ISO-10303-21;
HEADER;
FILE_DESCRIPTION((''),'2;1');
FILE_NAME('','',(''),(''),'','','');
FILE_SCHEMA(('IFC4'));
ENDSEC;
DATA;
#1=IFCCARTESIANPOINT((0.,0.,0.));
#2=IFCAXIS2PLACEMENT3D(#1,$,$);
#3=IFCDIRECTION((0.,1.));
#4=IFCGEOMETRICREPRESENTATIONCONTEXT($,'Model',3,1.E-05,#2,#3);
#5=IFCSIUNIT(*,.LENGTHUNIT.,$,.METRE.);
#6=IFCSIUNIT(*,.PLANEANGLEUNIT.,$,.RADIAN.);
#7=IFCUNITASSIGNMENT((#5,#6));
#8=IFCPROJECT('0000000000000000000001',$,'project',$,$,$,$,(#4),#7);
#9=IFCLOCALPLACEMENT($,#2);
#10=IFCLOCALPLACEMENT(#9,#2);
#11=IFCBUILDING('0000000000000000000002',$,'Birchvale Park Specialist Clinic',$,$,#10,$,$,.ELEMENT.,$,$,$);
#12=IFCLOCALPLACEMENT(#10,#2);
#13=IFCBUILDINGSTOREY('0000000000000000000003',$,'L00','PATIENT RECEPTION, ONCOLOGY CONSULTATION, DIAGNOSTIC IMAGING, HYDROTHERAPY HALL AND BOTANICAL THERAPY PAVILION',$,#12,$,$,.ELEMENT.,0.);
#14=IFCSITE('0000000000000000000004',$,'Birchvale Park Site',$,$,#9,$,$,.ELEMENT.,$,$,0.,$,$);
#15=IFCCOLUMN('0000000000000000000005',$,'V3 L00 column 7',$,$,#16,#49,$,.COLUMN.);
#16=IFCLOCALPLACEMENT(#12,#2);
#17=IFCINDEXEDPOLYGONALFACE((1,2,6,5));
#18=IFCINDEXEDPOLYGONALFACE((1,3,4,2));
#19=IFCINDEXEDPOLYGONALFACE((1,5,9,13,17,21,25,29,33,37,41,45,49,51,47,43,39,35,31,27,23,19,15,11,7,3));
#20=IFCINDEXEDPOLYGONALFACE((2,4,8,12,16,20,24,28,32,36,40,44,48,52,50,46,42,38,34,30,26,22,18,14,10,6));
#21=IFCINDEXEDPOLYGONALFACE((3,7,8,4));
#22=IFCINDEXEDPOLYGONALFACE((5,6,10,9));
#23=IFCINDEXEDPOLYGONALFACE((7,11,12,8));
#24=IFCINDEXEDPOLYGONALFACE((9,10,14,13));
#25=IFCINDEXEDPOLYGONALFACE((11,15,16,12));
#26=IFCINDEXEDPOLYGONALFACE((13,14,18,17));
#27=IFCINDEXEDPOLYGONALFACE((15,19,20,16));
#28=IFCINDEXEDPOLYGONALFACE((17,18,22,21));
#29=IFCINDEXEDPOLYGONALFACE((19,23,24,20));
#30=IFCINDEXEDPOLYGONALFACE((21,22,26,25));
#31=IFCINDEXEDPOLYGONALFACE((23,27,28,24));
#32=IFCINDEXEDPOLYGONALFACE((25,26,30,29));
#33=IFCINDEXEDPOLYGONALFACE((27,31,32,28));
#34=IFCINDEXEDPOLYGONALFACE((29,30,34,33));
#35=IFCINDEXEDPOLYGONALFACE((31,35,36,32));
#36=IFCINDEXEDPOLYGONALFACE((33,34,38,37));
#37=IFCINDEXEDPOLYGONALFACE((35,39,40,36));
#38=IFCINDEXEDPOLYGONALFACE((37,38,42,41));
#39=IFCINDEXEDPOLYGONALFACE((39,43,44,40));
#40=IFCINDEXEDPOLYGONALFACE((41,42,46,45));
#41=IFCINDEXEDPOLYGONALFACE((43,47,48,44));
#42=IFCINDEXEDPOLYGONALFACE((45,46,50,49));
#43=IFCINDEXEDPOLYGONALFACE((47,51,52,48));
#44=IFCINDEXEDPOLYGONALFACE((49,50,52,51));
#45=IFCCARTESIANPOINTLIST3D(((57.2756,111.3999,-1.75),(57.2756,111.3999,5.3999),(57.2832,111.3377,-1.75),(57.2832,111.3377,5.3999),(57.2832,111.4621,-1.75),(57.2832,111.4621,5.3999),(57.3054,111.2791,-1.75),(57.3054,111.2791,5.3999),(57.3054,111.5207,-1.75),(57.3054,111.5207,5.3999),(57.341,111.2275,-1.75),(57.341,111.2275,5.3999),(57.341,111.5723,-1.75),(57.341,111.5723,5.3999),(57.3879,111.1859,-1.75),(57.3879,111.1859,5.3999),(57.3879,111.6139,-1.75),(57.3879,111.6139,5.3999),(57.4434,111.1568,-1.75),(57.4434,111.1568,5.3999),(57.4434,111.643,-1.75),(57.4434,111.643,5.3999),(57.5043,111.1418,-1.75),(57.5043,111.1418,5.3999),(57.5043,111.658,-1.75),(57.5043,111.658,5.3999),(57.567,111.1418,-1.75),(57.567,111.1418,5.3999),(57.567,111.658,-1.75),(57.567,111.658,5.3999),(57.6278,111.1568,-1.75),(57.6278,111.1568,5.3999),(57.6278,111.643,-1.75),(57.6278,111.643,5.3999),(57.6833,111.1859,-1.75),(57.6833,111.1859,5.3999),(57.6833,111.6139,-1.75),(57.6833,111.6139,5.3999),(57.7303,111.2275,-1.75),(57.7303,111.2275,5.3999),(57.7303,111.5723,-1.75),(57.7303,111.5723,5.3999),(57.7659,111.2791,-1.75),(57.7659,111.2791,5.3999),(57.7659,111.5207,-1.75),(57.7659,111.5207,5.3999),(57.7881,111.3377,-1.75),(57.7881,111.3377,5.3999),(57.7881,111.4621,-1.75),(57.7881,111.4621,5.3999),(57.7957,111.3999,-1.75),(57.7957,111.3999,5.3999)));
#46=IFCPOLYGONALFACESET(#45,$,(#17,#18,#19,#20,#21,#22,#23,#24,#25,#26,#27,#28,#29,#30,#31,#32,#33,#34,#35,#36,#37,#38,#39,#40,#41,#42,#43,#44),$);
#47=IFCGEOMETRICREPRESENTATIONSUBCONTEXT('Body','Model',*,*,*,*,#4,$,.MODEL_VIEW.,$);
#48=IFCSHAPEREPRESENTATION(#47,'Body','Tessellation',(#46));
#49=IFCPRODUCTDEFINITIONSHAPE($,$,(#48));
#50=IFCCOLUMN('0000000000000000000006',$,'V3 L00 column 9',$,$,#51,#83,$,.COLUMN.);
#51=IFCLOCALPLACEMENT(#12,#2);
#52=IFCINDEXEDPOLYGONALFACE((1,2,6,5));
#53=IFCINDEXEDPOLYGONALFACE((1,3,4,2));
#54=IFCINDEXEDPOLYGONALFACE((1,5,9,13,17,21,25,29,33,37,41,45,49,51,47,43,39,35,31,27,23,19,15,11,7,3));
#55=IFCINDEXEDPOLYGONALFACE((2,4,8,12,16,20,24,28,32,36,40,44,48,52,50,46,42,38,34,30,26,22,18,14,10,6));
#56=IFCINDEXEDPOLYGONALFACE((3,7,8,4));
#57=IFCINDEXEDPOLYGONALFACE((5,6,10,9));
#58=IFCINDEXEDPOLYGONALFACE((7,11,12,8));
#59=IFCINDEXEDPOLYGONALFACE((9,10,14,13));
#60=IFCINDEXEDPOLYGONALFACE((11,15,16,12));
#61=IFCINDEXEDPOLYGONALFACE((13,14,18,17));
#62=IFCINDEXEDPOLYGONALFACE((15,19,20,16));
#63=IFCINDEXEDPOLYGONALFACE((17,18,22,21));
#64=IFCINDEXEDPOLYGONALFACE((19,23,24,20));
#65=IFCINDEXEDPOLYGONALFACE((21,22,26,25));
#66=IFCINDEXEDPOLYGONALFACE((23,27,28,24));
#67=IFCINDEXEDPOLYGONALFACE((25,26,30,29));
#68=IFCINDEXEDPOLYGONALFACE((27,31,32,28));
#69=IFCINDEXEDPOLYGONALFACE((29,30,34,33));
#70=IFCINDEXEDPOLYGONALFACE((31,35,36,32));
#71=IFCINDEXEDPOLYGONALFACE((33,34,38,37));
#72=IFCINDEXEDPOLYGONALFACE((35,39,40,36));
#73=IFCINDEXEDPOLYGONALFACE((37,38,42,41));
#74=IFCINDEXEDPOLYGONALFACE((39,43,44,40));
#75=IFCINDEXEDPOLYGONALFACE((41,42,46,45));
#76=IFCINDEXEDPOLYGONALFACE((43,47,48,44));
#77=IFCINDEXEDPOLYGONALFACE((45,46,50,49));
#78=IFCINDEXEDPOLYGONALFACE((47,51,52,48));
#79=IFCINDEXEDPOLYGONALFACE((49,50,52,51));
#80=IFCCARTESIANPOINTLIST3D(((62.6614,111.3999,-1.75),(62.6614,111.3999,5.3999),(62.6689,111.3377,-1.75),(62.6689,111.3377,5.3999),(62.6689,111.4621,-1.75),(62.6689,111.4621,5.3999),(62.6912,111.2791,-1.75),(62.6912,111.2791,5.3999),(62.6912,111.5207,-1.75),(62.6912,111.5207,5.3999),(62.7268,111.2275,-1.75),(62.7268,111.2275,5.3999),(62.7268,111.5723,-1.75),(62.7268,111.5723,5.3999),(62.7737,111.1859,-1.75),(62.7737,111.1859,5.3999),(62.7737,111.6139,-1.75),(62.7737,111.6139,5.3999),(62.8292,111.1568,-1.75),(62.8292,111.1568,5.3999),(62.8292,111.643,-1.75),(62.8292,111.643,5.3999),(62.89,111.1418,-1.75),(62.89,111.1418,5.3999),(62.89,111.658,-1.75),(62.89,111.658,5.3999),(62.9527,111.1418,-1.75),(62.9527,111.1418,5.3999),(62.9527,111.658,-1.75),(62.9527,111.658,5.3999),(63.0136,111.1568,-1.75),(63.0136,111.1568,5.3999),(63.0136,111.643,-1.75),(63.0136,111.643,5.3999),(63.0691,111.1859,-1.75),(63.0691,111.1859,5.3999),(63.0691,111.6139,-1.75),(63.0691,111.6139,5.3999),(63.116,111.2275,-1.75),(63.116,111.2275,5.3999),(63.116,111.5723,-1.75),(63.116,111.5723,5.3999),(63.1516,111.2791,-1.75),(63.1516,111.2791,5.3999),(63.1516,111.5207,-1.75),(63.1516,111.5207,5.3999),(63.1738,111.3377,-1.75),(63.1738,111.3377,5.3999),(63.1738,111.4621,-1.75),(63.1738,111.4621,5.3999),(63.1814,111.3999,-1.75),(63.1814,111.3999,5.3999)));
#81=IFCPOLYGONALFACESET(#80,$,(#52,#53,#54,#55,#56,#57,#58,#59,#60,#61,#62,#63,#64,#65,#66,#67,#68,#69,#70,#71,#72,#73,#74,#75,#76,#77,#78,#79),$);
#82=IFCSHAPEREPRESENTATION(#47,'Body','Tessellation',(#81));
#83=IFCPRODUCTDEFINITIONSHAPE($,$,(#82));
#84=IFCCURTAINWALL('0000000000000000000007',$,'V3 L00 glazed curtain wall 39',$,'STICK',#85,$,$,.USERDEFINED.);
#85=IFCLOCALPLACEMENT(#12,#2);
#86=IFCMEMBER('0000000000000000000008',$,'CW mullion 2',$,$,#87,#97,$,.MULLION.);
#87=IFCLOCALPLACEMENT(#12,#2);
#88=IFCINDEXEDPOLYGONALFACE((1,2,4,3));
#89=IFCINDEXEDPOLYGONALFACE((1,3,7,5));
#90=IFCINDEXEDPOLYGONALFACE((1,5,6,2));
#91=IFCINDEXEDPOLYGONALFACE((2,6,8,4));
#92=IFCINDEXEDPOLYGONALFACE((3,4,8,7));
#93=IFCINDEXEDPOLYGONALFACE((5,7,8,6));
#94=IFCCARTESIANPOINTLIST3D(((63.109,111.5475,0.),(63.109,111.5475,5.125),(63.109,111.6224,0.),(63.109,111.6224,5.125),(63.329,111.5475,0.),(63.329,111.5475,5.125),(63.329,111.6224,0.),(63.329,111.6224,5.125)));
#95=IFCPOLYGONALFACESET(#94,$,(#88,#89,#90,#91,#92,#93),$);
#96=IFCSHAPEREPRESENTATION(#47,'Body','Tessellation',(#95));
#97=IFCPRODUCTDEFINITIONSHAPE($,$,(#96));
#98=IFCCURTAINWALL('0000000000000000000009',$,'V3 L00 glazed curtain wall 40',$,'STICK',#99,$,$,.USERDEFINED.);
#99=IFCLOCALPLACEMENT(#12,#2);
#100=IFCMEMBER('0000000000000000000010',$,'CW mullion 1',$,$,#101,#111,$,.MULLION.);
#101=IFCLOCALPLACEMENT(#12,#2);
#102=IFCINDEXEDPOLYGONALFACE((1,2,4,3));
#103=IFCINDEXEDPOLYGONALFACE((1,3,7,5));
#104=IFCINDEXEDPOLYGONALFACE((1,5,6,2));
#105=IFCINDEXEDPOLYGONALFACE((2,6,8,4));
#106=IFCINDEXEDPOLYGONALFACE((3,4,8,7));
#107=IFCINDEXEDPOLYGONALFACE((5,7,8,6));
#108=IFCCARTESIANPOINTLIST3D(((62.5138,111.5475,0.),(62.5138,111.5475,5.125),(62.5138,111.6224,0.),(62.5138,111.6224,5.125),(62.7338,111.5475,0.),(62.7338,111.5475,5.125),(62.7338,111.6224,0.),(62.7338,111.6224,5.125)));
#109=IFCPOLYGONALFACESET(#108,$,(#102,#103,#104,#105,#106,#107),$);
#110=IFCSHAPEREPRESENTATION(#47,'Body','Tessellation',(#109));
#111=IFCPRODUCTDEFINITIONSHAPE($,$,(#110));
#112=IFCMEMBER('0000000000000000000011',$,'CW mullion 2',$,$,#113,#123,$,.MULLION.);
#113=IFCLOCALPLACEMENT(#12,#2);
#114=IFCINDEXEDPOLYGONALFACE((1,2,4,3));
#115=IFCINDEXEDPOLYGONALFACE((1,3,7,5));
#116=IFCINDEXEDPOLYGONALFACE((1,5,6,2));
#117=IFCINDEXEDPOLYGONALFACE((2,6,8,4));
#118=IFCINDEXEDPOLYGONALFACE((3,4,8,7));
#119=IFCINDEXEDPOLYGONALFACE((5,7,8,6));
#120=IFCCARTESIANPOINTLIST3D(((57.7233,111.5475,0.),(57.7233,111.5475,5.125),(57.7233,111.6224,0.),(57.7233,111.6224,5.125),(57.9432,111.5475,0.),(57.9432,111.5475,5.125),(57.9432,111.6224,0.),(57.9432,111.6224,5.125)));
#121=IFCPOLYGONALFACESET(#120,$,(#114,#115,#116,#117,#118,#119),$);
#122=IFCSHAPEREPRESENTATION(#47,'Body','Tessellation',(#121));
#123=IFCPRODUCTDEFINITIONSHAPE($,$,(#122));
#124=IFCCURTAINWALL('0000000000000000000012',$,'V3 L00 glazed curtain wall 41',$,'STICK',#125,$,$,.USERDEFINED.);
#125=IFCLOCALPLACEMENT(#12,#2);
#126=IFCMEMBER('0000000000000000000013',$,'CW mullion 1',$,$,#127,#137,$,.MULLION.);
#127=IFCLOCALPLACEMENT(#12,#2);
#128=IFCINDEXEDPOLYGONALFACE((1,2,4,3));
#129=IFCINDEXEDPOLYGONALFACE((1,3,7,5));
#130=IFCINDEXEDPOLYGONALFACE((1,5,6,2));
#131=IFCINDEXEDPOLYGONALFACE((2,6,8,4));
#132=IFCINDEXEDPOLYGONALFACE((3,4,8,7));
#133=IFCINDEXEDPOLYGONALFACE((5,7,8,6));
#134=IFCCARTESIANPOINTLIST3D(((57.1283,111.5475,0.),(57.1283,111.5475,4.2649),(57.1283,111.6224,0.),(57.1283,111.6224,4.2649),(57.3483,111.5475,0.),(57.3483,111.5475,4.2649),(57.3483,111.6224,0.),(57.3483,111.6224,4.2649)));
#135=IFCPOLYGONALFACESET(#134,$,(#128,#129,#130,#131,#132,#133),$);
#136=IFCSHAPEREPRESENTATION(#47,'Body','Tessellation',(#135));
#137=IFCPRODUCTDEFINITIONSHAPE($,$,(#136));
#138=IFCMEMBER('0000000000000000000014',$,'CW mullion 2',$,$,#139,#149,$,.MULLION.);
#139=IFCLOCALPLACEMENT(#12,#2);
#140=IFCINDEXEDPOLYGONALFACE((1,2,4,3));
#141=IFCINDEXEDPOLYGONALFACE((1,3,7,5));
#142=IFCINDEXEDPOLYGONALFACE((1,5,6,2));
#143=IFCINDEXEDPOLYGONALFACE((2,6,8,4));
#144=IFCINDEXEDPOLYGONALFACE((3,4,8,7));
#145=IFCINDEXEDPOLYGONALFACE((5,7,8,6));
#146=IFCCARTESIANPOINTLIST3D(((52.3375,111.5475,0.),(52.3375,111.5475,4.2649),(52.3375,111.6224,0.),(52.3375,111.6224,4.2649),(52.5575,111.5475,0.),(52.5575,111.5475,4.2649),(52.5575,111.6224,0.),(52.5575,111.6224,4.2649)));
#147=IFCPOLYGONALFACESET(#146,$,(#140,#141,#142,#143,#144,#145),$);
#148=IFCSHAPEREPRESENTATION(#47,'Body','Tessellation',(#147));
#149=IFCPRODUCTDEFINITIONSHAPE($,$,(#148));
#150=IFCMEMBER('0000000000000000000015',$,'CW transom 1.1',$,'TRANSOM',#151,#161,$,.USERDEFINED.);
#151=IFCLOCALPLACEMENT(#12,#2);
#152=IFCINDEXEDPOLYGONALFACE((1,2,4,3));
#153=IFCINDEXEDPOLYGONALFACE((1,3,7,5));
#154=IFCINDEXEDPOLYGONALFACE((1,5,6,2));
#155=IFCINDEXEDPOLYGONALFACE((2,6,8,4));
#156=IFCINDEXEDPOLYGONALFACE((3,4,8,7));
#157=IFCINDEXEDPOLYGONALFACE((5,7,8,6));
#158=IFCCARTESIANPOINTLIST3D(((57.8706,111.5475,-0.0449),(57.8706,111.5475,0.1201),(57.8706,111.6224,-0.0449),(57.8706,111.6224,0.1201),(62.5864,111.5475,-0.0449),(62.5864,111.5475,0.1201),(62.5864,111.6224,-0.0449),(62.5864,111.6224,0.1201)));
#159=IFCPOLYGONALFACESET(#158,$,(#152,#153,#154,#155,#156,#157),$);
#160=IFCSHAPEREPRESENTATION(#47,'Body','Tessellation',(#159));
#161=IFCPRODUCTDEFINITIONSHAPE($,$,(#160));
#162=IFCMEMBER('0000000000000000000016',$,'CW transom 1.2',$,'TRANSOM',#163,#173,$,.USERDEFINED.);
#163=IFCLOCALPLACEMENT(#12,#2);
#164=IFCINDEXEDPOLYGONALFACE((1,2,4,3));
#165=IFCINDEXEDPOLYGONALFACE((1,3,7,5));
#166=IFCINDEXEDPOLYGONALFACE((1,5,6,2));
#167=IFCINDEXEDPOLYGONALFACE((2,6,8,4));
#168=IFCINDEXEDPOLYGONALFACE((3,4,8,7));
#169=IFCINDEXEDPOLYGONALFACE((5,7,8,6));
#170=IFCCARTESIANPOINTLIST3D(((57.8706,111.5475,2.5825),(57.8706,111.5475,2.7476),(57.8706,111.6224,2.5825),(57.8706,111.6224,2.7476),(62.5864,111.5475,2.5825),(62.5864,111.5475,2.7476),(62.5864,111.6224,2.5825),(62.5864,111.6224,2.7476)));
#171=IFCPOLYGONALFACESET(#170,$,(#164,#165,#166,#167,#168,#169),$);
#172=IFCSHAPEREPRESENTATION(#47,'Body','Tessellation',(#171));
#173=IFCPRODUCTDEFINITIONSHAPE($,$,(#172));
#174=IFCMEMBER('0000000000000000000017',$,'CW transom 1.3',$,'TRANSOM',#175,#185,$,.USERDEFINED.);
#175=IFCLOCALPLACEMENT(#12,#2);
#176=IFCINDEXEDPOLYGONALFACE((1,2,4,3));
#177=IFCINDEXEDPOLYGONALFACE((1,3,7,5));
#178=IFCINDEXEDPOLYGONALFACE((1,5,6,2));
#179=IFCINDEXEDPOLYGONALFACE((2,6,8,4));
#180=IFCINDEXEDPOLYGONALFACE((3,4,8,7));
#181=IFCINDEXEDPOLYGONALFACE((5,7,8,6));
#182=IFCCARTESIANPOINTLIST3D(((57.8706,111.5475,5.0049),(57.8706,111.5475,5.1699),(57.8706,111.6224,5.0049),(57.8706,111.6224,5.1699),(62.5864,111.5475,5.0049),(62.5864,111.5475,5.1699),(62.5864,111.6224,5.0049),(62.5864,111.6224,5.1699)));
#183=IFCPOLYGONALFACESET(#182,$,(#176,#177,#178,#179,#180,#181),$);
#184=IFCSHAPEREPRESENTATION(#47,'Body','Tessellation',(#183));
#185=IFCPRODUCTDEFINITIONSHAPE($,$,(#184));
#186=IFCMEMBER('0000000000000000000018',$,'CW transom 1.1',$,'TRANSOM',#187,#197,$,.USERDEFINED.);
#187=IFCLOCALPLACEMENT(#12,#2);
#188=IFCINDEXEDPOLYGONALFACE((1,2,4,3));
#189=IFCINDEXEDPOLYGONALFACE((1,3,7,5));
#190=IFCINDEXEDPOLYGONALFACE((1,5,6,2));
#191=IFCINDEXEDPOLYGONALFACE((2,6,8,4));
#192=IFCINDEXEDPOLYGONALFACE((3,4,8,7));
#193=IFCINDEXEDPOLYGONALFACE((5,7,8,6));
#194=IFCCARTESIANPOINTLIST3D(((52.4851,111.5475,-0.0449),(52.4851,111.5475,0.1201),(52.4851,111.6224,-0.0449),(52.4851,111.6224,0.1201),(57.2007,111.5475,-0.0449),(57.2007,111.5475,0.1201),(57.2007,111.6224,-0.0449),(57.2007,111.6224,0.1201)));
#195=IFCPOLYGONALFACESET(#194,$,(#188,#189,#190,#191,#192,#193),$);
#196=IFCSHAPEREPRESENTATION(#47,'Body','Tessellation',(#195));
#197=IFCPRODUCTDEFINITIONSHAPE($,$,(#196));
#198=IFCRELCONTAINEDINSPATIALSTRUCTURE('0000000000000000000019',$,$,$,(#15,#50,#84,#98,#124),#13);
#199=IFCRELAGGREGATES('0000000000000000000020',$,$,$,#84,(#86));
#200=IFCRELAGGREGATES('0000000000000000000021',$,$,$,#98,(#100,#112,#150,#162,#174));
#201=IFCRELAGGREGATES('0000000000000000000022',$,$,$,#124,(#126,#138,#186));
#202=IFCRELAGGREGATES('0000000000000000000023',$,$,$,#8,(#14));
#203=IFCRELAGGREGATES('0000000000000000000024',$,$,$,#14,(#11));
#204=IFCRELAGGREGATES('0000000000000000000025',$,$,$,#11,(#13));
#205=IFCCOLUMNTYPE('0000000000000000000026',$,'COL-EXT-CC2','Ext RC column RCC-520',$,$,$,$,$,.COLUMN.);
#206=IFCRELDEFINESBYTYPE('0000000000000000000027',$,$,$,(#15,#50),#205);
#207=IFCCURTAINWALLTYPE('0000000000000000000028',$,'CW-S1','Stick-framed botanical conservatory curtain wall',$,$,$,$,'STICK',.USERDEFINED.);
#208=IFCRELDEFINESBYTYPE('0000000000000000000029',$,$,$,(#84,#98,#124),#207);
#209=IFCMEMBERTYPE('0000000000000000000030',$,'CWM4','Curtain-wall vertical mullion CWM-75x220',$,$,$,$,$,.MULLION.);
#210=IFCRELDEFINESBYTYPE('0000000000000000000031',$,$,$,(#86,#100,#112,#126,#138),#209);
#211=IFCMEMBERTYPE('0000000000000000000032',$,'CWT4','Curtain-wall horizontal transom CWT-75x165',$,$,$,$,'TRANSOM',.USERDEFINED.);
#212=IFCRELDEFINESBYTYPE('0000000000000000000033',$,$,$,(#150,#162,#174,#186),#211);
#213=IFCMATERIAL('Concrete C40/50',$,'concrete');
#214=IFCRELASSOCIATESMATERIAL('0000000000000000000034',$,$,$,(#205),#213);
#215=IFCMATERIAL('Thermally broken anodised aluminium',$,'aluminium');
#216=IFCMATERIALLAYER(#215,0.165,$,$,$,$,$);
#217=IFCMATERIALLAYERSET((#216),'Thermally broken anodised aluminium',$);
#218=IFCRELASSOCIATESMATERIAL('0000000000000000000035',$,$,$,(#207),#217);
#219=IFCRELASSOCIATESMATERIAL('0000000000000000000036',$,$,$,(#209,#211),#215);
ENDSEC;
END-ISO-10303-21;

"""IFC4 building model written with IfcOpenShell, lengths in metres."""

from ifc_helpers import new_model, si_unit, direction, frame, origin, origin_2d, place, context, subcontext, project, spatial, rectangle, circle, extrude, material, layer, layer_set, material_profile, profile_set, type_object, element, aggregate, save


model = new_model("IFC4")

# Units and contexts
model_context = context("Model", 3, precision=1e-05, world=origin(), true_north=direction((0.0, 1.0)))
body_context = subcontext(model_context, "Body", "Model", "MODEL_VIEW")
ifc_project = project(units=[si_unit("LENGTHUNIT", "METRE"), si_unit("PLANEANGLEUNIT", "RADIAN")], contexts=[model_context])

# Site, building, storey
site_placement = place(None, origin())
site = spatial("IfcSite", under=ifc_project, at=site_placement, Name="Birchvale Park Site", CompositionType="ELEMENT", RefElevation=0.0)
building_placement = place(site_placement, origin())
building = spatial("IfcBuilding", under=site, at=building_placement, Name="Birchvale Park Specialist Clinic", CompositionType="ELEMENT")
storey_placement = place(building_placement, origin())
storey = spatial("IfcBuildingStorey", under=building, at=storey_placement, Name="L00", Description="PATIENT RECEPTION, ONCOLOGY CONSULTATION, DIAGNOSTIC IMAGING, HYDROTHERAPY HALL AND BOTANICAL THERAPY PAVILION", CompositionType="ELEMENT", Elevation=0.0)

# Shared definitions
ifc_material_1 = material(Name="Concrete C40/50", Category="concrete")

# Columns
ifc_material_profile_1 = material_profile(ifc_material_1, circle(Radius=0.26, at=origin_2d()), Name="RCC-520")
ifc_profile_set_1 = profile_set([ifc_material_profile_1], Name="Concrete C40/50")
column_type = type_object("IfcColumnType", Name="COL-EXT-CC2", Description="Ext RC column RCC-520", PredefinedType="COLUMN", material=ifc_profile_set_1)
for number, where, z_axis, x_axis, name in (
    (1, (57.5356, 111.3999, -1.75), (0.0, 0.0, 1.0), (1.0, 0.0, 0.0), "V3 L00 column 7"),
    (2, (62.9214, 111.3999, -1.75), (0.0, 0.0, 1.0), (1.0, 0.0, 0.0), "V3 L00 column 9"),
):
    element("IfcColumn", number, at=place(storey_placement, frame(where, z_axis=z_axis, x_axis=x_axis)), inside=storey, type_object=column_type, Name=name, PredefinedType="COLUMN", context=body_context, shape_type="SweptSolid", body=[
        extrude(circle(Radius=0.26, at=origin_2d()), origin(), (0.0, 0.0, 1.0), 7.1499),
    ])

# Curtain wall, member
ifc_material_2 = material(Name="Thermally broken anodised aluminium", Category="aluminium")
ifc_layer_1 = layer(ifc_material_2, 0.165)
ifc_layer_set_1 = layer_set([ifc_layer_1], Name="Thermally broken anodised aluminium")
curtain_wall_type = type_object("IfcCurtainWallType", Name="CW-S1", Description="Stick-framed botanical conservatory curtain wall", ElementType="STICK", PredefinedType="USERDEFINED", material=ifc_layer_set_1)
curtain_wall_1_placement = place(storey_placement, origin())
curtain_wall_1 = element("IfcCurtainWall", 3, at=curtain_wall_1_placement, inside=storey, type_object=curtain_wall_type, Name="V3 L00 glazed curtain wall 39", ObjectType="STICK", PredefinedType="USERDEFINED")
ifc_material_profile_2 = material_profile(ifc_material_2, rectangle(XDim=0.075, YDim=0.22, at=origin_2d()), Name="CWM-75x220")
ifc_profile_set_2 = profile_set([ifc_material_profile_2], Name="Thermally broken anodised aluminium")
member_type_1 = type_object("IfcMemberType", Name="CWM4", Description="Curtain-wall vertical mullion CWM-75x220", PredefinedType="MULLION", material=ifc_profile_set_2)
member_1_placement = place(storey_placement, frame((63.219, 111.585, 0.0), z_axis=(0.0, 0.0, 1.0), x_axis=(0.0, -1.0, 0.0)))
member_1 = element("IfcMember", 4, at=member_1_placement, type_object=member_type_1, Name="CW mullion 2", PredefinedType="MULLION", context=body_context, shape_type="SweptSolid", body=[
    extrude(rectangle(XDim=0.075, YDim=0.22, at=origin_2d()), origin(), (0.0, 0.0, 1.0), 5.125),
])
aggregate(curtain_wall_1, [member_1])

# Curtain walls, members
curtain_wall_2_placement = place(storey_placement, origin())
curtain_wall_2 = element("IfcCurtainWall", 5, at=curtain_wall_2_placement, inside=storey, type_object=curtain_wall_type, Name="V3 L00 glazed curtain wall 40", ObjectType="STICK", PredefinedType="USERDEFINED")
member_2_placement = place(storey_placement, frame((62.6238, 111.585, 0.0), z_axis=(0.0, 0.0, 1.0), x_axis=(0.0, -1.0, 0.0)))
member_2 = element("IfcMember", 6, at=member_2_placement, type_object=member_type_1, Name="CW mullion 1", PredefinedType="MULLION", context=body_context, shape_type="SweptSolid", body=[
    extrude(rectangle(XDim=0.075, YDim=0.22, at=origin_2d()), origin(), (0.0, 0.0, 1.0), 5.125),
])
member_3_placement = place(storey_placement, frame((57.8333, 111.585, 0.0), z_axis=(0.0, 0.0, 1.0), x_axis=(0.0, -1.0, 0.0)))
member_3 = element("IfcMember", 7, at=member_3_placement, type_object=member_type_1, Name="CW mullion 2", PredefinedType="MULLION", context=body_context, shape_type="SweptSolid", body=[
    extrude(rectangle(XDim=0.075, YDim=0.22, at=origin_2d()), origin(), (0.0, 0.0, 1.0), 5.125),
])
curtain_wall_3_placement = place(storey_placement, origin())
curtain_wall_3 = element("IfcCurtainWall", 8, at=curtain_wall_3_placement, inside=storey, type_object=curtain_wall_type, Name="V3 L00 glazed curtain wall 41", ObjectType="STICK", PredefinedType="USERDEFINED")
member_4_placement = place(storey_placement, frame((57.2383, 111.585, 0.0), z_axis=(0.0, 0.0, 1.0), x_axis=(0.0, -1.0, 0.0)))
member_4 = element("IfcMember", 9, at=member_4_placement, type_object=member_type_1, Name="CW mullion 1", PredefinedType="MULLION", context=body_context, shape_type="SweptSolid", body=[
    extrude(rectangle(XDim=0.075, YDim=0.22, at=origin_2d()), origin(), (0.0, 0.0, 1.0), 4.2649),
])
member_5_placement = place(storey_placement, frame((52.4475, 111.585, 0.0), z_axis=(0.0, 0.0, 1.0), x_axis=(0.0, -1.0, 0.0)))
member_5 = element("IfcMember", 10, at=member_5_placement, type_object=member_type_1, Name="CW mullion 2", PredefinedType="MULLION", context=body_context, shape_type="SweptSolid", body=[
    extrude(rectangle(XDim=0.075, YDim=0.22, at=origin_2d()), origin(), (0.0, 0.0, 1.0), 4.2649),
])

# Members
ifc_material_profile_3 = material_profile(ifc_material_2, rectangle(XDim=0.075, YDim=0.165, at=origin_2d()), Name="CWT-75x165")
ifc_profile_set_3 = profile_set([ifc_material_profile_3], Name="Thermally broken anodised aluminium")
member_type_2 = type_object("IfcMemberType", Name="CWT4", Description="Curtain-wall horizontal transom CWT-75x165", ElementType="TRANSOM", PredefinedType="USERDEFINED", material=ifc_profile_set_3)
member_6_placement = place(storey_placement, frame((62.5864, 111.585, 0.0376), z_axis=(-1.0, 0.0, 0.0), x_axis=(0.0, -1.0, 0.0)))
member_6 = element("IfcMember", 11, at=member_6_placement, type_object=member_type_2, Name="CW transom 1.1", ObjectType="TRANSOM", PredefinedType="USERDEFINED", context=body_context, shape_type="SweptSolid", body=[
    extrude(rectangle(XDim=0.075, YDim=0.165, at=origin_2d()), origin(), (0.0, 0.0, 1.0), 4.7158),
])
member_7_placement = place(storey_placement, frame((62.5864, 111.585, 2.665), z_axis=(-1.0, 0.0, 0.0), x_axis=(0.0, -1.0, 0.0)))
member_7 = element("IfcMember", 12, at=member_7_placement, type_object=member_type_2, Name="CW transom 1.2", ObjectType="TRANSOM", PredefinedType="USERDEFINED", context=body_context, shape_type="SweptSolid", body=[
    extrude(rectangle(XDim=0.075, YDim=0.165, at=origin_2d()), origin(), (0.0, 0.0, 1.0), 4.7158),
])
member_8_placement = place(storey_placement, frame((62.5864, 111.585, 5.0874), z_axis=(-1.0, 0.0, 0.0), x_axis=(0.0, -1.0, 0.0)))
member_8 = element("IfcMember", 13, at=member_8_placement, type_object=member_type_2, Name="CW transom 1.3", ObjectType="TRANSOM", PredefinedType="USERDEFINED", context=body_context, shape_type="SweptSolid", body=[
    extrude(rectangle(XDim=0.075, YDim=0.165, at=origin_2d()), origin(), (0.0, 0.0, 1.0), 4.7158),
])
member_9_placement = place(storey_placement, frame((57.2007, 111.585, 0.0376), z_axis=(-1.0, 0.0, 0.0), x_axis=(0.0, -1.0, 0.0)))
member_9 = element("IfcMember", 14, at=member_9_placement, type_object=member_type_2, Name="CW transom 1.1", ObjectType="TRANSOM", PredefinedType="USERDEFINED", context=body_context, shape_type="SweptSolid", body=[
    extrude(rectangle(XDim=0.075, YDim=0.165, at=origin_2d()), origin(), (0.0, 0.0, 1.0), 4.7156),
])

aggregate(curtain_wall_2, [member_2, member_3, member_6, member_7, member_8])
aggregate(curtain_wall_3, [member_4, member_5, member_9])

save(model, "model.ifc")
